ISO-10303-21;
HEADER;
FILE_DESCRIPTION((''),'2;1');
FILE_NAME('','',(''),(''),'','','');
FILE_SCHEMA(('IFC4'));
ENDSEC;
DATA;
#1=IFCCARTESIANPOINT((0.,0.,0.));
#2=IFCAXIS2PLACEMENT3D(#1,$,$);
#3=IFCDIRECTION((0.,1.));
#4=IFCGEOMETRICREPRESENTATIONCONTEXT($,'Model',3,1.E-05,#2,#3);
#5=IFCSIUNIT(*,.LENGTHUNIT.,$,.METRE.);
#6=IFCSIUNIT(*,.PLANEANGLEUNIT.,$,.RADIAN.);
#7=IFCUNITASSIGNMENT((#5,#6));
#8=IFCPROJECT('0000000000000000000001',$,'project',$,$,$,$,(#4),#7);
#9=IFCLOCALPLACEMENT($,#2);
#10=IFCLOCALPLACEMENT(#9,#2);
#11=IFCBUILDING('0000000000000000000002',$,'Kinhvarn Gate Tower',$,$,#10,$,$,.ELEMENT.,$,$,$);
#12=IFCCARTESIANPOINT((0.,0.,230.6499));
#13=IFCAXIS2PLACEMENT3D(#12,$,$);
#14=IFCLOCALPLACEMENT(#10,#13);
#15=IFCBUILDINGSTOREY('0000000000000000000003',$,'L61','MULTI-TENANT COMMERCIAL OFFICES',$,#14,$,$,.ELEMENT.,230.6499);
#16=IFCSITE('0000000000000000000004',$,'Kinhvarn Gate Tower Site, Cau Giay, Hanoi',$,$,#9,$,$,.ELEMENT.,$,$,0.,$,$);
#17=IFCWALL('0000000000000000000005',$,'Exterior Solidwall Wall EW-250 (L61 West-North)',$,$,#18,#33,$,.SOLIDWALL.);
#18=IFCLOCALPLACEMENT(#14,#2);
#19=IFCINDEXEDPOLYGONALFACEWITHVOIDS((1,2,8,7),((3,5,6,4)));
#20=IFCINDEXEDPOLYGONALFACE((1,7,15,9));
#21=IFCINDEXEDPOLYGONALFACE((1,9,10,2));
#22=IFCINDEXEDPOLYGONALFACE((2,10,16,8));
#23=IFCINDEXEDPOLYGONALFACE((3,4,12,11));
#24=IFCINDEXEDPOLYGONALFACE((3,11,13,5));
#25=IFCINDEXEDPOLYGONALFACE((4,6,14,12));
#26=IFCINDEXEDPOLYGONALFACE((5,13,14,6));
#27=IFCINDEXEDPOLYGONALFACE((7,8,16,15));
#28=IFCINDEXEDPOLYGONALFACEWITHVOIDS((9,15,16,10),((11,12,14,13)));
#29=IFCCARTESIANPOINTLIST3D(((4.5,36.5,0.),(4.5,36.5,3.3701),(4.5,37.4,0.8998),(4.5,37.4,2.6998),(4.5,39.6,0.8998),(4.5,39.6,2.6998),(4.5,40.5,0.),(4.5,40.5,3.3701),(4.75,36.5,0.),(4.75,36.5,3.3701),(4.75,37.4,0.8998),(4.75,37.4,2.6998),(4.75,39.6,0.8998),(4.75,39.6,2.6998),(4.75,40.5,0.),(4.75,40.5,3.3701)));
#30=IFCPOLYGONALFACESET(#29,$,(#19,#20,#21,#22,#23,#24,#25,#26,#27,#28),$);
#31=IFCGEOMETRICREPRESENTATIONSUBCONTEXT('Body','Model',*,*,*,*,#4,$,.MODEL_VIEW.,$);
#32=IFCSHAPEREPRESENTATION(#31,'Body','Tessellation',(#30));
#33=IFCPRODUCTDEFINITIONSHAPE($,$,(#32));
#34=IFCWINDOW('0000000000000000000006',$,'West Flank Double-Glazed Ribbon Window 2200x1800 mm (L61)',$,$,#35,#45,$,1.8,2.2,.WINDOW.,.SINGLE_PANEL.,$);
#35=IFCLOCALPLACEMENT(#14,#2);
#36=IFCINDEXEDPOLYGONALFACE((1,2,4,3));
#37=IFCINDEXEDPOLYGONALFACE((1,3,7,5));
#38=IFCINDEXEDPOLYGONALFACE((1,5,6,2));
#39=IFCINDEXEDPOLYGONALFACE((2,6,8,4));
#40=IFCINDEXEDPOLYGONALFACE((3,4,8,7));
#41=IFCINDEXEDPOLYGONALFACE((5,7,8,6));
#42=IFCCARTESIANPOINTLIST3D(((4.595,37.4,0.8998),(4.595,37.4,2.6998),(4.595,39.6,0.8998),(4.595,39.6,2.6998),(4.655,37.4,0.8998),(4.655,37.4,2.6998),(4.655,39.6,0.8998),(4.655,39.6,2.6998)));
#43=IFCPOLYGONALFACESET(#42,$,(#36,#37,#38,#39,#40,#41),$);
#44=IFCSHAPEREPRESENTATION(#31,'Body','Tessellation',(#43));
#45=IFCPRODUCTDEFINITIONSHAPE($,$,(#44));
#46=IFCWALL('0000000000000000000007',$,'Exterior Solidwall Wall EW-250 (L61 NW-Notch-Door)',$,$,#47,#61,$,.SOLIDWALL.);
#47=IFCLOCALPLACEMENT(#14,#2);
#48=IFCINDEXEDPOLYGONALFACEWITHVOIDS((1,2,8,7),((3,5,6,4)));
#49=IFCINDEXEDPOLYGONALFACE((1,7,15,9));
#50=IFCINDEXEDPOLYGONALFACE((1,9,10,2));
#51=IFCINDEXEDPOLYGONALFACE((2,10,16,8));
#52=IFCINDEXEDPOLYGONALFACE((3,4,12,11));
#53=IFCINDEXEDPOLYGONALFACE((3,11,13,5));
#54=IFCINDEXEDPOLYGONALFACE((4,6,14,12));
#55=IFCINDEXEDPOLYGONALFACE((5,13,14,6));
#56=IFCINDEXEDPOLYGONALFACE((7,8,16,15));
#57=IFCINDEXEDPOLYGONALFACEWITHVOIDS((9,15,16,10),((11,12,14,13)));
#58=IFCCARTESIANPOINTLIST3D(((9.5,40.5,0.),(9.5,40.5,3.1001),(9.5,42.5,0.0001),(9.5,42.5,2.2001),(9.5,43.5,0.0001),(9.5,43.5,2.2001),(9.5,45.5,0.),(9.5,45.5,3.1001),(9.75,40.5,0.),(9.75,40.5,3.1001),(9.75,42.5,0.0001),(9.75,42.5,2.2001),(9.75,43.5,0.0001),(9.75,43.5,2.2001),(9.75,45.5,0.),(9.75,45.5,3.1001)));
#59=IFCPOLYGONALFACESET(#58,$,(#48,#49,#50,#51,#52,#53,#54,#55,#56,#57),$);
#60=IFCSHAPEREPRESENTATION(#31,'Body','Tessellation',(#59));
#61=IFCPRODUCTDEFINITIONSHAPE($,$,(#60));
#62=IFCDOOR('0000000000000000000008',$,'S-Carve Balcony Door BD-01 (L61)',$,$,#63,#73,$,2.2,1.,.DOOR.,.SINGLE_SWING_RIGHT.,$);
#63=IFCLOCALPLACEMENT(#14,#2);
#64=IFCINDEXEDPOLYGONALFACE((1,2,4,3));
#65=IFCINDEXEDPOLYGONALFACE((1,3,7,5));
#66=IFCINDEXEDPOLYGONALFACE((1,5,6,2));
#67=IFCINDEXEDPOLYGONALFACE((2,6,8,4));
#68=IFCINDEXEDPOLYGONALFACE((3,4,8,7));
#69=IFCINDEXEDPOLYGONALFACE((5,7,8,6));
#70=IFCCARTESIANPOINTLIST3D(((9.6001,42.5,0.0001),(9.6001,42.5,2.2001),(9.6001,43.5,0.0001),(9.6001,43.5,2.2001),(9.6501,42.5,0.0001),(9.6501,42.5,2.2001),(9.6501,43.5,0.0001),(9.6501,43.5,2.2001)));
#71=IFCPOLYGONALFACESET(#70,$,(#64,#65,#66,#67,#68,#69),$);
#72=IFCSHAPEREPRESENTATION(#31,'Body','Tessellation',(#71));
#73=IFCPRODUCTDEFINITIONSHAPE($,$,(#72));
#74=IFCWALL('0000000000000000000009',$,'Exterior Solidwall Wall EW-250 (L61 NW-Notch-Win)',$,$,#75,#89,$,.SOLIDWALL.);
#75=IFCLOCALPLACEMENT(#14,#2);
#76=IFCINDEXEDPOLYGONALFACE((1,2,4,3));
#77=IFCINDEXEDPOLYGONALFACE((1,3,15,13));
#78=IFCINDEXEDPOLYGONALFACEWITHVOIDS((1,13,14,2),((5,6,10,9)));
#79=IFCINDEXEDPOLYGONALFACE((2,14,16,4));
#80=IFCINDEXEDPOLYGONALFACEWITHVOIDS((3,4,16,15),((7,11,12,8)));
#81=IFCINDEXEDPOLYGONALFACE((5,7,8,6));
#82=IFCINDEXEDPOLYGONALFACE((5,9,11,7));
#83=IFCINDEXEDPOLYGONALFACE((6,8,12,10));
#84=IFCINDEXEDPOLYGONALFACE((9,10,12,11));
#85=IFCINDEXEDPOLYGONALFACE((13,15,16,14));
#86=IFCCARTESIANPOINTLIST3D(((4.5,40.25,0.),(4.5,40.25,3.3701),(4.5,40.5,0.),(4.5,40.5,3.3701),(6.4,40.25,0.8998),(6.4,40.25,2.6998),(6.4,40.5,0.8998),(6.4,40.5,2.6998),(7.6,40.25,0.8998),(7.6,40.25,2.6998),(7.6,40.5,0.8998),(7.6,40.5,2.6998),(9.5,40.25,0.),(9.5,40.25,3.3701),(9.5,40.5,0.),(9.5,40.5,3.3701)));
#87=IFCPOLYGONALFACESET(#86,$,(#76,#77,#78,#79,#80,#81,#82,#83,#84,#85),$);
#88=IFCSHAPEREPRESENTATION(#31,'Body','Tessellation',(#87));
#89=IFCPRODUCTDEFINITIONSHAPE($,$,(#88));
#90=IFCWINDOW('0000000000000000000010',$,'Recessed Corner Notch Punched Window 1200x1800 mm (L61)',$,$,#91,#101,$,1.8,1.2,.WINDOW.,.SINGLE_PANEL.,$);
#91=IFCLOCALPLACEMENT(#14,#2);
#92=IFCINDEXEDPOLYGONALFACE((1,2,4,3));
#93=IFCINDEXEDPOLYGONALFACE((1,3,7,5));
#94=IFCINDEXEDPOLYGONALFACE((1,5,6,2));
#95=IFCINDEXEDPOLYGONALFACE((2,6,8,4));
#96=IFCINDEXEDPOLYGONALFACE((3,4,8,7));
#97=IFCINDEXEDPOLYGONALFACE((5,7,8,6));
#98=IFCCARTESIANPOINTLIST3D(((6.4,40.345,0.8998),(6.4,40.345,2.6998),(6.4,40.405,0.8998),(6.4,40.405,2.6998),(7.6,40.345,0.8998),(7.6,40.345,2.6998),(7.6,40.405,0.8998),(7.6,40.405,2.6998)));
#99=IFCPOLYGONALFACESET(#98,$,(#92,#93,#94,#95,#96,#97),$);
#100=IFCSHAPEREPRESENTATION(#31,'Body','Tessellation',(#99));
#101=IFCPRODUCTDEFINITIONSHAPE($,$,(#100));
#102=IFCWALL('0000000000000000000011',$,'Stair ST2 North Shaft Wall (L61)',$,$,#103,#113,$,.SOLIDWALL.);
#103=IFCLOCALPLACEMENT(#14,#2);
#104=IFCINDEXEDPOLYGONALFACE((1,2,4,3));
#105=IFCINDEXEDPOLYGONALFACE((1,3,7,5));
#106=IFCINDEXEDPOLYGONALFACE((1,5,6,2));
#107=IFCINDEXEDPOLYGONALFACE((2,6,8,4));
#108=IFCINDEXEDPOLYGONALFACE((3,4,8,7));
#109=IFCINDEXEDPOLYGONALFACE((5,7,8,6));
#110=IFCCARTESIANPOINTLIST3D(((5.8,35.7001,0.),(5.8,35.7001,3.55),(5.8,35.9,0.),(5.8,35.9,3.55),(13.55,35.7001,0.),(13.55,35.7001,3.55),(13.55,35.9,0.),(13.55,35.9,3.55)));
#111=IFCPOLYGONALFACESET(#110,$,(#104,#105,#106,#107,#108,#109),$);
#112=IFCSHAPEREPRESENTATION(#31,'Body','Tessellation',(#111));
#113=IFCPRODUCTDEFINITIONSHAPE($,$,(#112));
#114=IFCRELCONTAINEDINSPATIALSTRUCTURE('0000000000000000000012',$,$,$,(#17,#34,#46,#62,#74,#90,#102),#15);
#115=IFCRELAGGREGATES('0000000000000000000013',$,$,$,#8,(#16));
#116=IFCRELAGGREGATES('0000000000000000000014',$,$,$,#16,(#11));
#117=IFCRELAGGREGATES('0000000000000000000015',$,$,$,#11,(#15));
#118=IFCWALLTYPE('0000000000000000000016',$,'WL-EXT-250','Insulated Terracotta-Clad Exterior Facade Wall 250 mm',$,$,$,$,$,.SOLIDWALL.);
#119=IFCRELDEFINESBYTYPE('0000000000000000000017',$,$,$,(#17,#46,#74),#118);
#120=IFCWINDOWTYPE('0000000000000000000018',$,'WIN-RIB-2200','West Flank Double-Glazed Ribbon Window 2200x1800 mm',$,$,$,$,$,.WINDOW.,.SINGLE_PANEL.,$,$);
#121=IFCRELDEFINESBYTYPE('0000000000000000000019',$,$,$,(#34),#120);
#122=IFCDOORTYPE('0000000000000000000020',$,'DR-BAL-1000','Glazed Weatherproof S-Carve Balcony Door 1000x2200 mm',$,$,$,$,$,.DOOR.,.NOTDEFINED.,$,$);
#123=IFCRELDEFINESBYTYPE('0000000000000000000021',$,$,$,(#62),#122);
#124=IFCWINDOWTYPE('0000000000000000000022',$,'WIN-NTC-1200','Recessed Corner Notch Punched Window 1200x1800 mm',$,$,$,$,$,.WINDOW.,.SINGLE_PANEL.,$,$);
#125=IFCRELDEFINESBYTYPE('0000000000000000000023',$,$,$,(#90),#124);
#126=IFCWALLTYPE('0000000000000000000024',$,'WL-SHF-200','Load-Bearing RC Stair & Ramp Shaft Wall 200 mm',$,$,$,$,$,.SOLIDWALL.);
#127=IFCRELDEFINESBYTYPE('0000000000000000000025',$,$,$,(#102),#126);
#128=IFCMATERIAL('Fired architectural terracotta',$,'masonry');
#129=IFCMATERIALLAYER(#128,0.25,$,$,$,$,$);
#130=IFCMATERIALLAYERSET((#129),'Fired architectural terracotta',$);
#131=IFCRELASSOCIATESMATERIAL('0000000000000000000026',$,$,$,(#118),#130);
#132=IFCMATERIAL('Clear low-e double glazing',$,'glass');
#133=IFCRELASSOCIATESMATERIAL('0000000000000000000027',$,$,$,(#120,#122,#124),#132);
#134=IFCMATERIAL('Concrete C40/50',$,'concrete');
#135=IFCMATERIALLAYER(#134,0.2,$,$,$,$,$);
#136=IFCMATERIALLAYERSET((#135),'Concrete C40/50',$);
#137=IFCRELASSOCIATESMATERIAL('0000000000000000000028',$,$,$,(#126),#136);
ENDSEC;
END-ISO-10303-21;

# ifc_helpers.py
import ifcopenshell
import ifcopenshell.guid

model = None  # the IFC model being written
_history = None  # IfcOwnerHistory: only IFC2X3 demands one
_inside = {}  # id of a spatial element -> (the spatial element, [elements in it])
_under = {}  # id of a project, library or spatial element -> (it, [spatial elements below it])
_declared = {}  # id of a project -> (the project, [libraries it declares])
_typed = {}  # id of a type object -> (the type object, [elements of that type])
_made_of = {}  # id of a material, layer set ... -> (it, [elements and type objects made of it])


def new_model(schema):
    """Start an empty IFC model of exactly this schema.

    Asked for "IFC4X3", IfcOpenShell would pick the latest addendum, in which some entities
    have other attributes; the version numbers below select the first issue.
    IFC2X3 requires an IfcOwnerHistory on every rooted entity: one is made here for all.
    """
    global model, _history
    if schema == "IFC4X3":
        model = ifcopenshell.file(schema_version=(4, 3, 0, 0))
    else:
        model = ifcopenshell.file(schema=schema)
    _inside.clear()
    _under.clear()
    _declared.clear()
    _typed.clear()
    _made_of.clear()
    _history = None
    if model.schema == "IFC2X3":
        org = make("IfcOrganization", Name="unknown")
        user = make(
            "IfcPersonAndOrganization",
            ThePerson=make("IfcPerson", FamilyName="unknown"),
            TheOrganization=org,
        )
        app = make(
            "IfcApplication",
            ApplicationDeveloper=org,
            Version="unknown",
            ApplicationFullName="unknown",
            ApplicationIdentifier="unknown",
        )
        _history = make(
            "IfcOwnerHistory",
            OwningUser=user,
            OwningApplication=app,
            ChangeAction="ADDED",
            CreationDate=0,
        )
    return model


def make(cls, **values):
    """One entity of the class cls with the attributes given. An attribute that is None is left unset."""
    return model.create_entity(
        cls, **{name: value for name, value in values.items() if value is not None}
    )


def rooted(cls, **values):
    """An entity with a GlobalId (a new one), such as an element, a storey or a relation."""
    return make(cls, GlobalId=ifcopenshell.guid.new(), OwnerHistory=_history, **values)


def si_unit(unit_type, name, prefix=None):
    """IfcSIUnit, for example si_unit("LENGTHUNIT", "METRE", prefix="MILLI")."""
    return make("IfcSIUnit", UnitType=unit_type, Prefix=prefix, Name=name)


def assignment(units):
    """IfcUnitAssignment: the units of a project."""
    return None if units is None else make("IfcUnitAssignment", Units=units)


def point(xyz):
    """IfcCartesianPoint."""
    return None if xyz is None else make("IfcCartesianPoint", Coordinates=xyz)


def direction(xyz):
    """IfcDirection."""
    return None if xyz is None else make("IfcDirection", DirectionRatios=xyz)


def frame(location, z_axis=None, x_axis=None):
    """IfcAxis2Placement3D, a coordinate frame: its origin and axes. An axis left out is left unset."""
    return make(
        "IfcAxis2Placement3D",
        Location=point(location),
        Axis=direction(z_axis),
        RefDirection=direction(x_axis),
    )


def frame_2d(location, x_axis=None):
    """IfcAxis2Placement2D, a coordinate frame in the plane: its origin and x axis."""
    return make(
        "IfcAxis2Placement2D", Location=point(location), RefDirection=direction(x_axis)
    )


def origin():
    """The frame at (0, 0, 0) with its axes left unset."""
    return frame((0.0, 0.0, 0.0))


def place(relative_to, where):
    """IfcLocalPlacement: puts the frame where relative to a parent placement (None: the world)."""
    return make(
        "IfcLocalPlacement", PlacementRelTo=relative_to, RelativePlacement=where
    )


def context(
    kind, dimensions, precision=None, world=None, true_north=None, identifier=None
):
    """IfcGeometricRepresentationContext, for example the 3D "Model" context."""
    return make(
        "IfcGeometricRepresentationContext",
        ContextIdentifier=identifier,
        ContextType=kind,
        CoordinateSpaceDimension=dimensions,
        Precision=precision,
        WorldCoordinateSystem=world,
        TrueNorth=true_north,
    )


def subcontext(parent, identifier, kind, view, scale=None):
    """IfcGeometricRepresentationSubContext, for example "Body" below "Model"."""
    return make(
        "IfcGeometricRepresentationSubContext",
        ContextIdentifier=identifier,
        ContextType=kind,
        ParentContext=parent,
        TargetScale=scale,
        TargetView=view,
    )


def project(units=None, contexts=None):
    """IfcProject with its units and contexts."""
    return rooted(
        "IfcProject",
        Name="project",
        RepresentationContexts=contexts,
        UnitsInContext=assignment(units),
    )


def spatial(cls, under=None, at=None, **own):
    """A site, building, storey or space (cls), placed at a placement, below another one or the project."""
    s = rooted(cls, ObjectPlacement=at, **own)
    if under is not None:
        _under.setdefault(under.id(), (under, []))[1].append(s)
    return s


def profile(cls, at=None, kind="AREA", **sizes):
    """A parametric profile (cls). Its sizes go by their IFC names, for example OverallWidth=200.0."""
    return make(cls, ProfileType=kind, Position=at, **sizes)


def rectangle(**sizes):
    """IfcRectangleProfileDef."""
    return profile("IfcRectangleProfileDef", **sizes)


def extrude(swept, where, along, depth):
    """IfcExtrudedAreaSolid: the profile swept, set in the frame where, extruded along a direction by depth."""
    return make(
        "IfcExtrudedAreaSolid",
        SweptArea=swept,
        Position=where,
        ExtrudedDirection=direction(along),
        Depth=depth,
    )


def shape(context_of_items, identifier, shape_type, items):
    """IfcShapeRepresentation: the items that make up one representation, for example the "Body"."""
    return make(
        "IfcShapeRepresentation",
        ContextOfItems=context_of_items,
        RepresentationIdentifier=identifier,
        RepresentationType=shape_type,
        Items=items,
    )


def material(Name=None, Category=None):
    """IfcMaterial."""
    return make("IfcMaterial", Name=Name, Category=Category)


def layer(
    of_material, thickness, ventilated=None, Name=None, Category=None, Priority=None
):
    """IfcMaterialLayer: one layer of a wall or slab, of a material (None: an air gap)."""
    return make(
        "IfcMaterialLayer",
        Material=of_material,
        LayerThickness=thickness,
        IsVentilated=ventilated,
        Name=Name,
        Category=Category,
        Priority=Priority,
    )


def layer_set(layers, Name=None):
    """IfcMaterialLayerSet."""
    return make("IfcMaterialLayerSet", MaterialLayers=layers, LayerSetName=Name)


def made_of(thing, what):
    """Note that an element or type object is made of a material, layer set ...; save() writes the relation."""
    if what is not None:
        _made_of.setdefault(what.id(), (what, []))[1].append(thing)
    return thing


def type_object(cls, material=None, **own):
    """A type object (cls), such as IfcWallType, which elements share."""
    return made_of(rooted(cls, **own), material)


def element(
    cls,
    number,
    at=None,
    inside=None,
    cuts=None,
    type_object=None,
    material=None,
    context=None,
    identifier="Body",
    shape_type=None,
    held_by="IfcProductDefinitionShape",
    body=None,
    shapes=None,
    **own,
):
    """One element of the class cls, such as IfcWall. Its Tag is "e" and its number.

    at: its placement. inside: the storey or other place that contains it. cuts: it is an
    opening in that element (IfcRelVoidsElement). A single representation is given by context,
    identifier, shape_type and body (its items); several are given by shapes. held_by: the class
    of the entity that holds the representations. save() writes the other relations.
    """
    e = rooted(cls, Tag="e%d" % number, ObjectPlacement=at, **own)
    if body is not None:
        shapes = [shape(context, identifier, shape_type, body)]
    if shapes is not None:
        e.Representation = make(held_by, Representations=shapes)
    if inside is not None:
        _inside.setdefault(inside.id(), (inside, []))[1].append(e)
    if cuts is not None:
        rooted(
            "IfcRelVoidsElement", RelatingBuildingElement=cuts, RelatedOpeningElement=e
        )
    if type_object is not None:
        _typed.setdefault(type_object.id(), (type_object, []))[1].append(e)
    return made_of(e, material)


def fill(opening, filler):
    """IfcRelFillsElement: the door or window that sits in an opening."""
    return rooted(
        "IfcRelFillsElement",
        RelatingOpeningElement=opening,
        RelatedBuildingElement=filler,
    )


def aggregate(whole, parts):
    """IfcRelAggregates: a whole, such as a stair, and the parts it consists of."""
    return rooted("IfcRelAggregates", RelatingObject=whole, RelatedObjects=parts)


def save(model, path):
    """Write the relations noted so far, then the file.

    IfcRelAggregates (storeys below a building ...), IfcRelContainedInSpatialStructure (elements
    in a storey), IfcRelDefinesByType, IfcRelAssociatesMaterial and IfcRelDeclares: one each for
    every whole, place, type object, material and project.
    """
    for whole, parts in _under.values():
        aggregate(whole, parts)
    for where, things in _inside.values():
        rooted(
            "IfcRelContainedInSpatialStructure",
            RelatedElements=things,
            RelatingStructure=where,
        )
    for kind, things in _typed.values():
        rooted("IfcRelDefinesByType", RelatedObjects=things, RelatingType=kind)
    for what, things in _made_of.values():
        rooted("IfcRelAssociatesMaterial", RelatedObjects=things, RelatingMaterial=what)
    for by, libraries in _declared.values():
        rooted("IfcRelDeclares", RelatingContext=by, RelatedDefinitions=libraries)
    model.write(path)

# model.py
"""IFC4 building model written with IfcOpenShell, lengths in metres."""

from ifc_helpers import new_model, si_unit, direction, frame, frame_2d, origin, place, context, subcontext, project, spatial, rectangle, extrude, material, layer, layer_set, type_object, element, fill, save


model = new_model("IFC4")

# Units and contexts
model_context = context("Model", 3, precision=1e-05, world=origin(), true_north=direction((0.0, 1.0)))
body_context = subcontext(model_context, "Body", "Model", "MODEL_VIEW")
ifc_project = project(units=[si_unit("LENGTHUNIT", "METRE"), si_unit("PLANEANGLEUNIT", "RADIAN")], contexts=[model_context])

# Site, building, storey
site_placement = place(None, origin())
site = spatial("IfcSite", under=ifc_project, at=site_placement, Name="Kinhvarn Gate Tower Site, Cau Giay, Hanoi", CompositionType="ELEMENT", RefElevation=0.0)
building_placement = place(site_placement, origin())
building = spatial("IfcBuilding", under=site, at=building_placement, Name="Kinhvarn Gate Tower", CompositionType="ELEMENT")
storey_placement = place(building_placement, frame((0.0, 0.0, 230.6499)))
storey = spatial("IfcBuildingStorey", under=building, at=storey_placement, Name="L61", Description="MULTI-TENANT COMMERCIAL OFFICES", CompositionType="ELEMENT", Elevation=230.6499)

# Wall, opening, window
ifc_material_1 = material(Name="Fired architectural terracotta", Category="masonry")
ifc_layer_1 = layer(ifc_material_1, 0.25)
ifc_layer_set_1 = layer_set([ifc_layer_1], Name="Fired architectural terracotta")
wall_type_1 = type_object("IfcWallType", Name="WL-EXT-250", Description="Insulated Terracotta-Clad Exterior Facade Wall 250 mm", PredefinedType="SOLIDWALL", material=ifc_layer_set_1)
wall_1_placement = place(storey_placement, frame((4.625, 40.5, 0.0), z_axis=(0.0, 0.0, 1.0), x_axis=(0.0, -1.0, 0.0)))
wall_1 = element("IfcWall", 1, at=wall_1_placement, inside=storey, type_object=wall_type_1, Name="Exterior Solidwall Wall EW-250 (L61 West-North)", PredefinedType="SOLIDWALL", context=body_context, shape_type="SweptSolid", body=[
    extrude(rectangle(XDim=4.0, YDim=0.25, at=frame_2d((2.0, 0.0))), origin(), (0.0, 0.0, 1.0), 3.3701),
])
opening_1_placement = place(wall_1_placement, frame((0.8999, 0.0, 0.8999)))
opening_1 = element("IfcOpeningElement", 2, at=opening_1_placement, cuts=wall_1, PredefinedType="OPENING", context=body_context, shape_type="SweptSolid", body=[
    extrude(rectangle(XDim=2.2, YDim=1.8, at=frame_2d((1.1001, 0.8999))), frame((0.0, 0.135, 0.0), z_axis=(0.0, -1.0, 0.0), x_axis=(1.0, 0.0, 0.0)), (0.0, 0.0, 1.0), 0.27),
])
ifc_material_2 = material(Name="Clear low-e double glazing", Category="glass")
window_type_1 = type_object("IfcWindowType", Name="WIN-RIB-2200", Description="West Flank Double-Glazed Ribbon Window 2200x1800 mm", PartitioningType="SINGLE_PANEL", PredefinedType="WINDOW", material=ifc_material_2)
window_1_placement = place(opening_1_placement, origin())
window_1 = element("IfcWindow", 3, at=window_1_placement, inside=storey, type_object=window_type_1, Name="West Flank Double-Glazed Ribbon Window 2200x1800 mm (L61)", OverallHeight=1.8, OverallWidth=2.2, PartitioningType="SINGLE_PANEL", PredefinedType="WINDOW", context=body_context, shape_type="SweptSolid", body=[
    extrude(rectangle(XDim=2.2, YDim=1.8, at=frame_2d((1.1001, 0.8999))), frame((0.0, 0.03, 0.0), z_axis=(0.0, -1.0, 0.0), x_axis=(1.0, 0.0, 0.0)), (0.0, 0.0, 1.0), 0.0601),
])
fill(opening_1, window_1)

# Wall, opening, door
wall_2_placement = place(storey_placement, frame((9.625, 45.5, 0.0), z_axis=(0.0, 0.0, 1.0), x_axis=(0.0, -1.0, 0.0)))
wall_2 = element("IfcWall", 4, at=wall_2_placement, inside=storey, type_object=wall_type_1, Name="Exterior Solidwall Wall EW-250 (L61 NW-Notch-Door)", PredefinedType="SOLIDWALL", context=body_context, shape_type="SweptSolid", body=[
    extrude(rectangle(XDim=5.0, YDim=0.25, at=frame_2d((2.5, 0.0))), origin(), (0.0, 0.0, 1.0), 3.1001),
])
opening_2_placement = place(wall_2_placement, frame((2.0, 0.0, 0.0)))
opening_2 = element("IfcOpeningElement", 5, at=opening_2_placement, cuts=wall_2, PredefinedType="OPENING", context=body_context, shape_type="SweptSolid", body=[
    extrude(rectangle(XDim=1.0, YDim=2.2, at=frame_2d((0.5, 1.1001))), frame((0.0, 0.135, 0.0), z_axis=(0.0, -1.0, 0.0), x_axis=(1.0, 0.0, 0.0)), (0.0, 0.0, 1.0), 0.27),
])
door_type = type_object("IfcDoorType", Name="DR-BAL-1000", Description="Glazed Weatherproof S-Carve Balcony Door 1000x2200 mm", OperationType="NOTDEFINED", PredefinedType="DOOR", material=ifc_material_2)
door_placement = place(opening_2_placement, frame((1.0, 0.0, 0.0), z_axis=(0.0, 0.0, 1.0), x_axis=(-1.0, 0.0, 0.0)))
door = element("IfcDoor", 6, at=door_placement, inside=storey, type_object=door_type, Name="S-Carve Balcony Door BD-01 (L61)", OperationType="SINGLE_SWING_RIGHT", OverallHeight=2.2, OverallWidth=1.0, PredefinedType="DOOR", context=body_context, shape_type="SweptSolid", body=[
    extrude(rectangle(XDim=1.0, YDim=2.2, at=frame_2d((0.5, 1.1001))), frame((0.0, 0.0249, 0.0), z_axis=(0.0, -1.0, 0.0), x_axis=(1.0, 0.0, 0.0)), (0.0, 0.0, 1.0), 0.05),
])
fill(opening_2, door)

# Wall, opening, window
wall_3_placement = place(storey_placement, frame((9.5, 40.375, 0.0), z_axis=(0.0, 0.0, 1.0), x_axis=(-1.0, 0.0, 0.0)))
wall_3 = element("IfcWall", 7, at=wall_3_placement, inside=storey, type_object=wall_type_1, Name="Exterior Solidwall Wall EW-250 (L61 NW-Notch-Win)", PredefinedType="SOLIDWALL", context=body_context, shape_type="SweptSolid", body=[
    extrude(rectangle(XDim=5.0, YDim=0.25, at=frame_2d((2.5, 0.0))), origin(), (0.0, 0.0, 1.0), 3.3701),
])
opening_3_placement = place(wall_3_placement, frame((1.8999, 0.0, 0.8999)))
opening_3 = element("IfcOpeningElement", 8, at=opening_3_placement, cuts=wall_3, PredefinedType="OPENING", context=body_context, shape_type="SweptSolid", body=[
    extrude(rectangle(XDim=1.2, YDim=1.8, at=frame_2d((0.6001, 0.8999))), frame((0.0, 0.135, 0.0), z_axis=(0.0, -1.0, 0.0), x_axis=(1.0, 0.0, 0.0)), (0.0, 0.0, 1.0), 0.27),
])
window_type_2 = type_object("IfcWindowType", Name="WIN-NTC-1200", Description="Recessed Corner Notch Punched Window 1200x1800 mm", PartitioningType="SINGLE_PANEL", PredefinedType="WINDOW", material=ifc_material_2)
window_2_placement = place(opening_3_placement, origin())
window_2 = element("IfcWindow", 9, at=window_2_placement, inside=storey, type_object=window_type_2, Name="Recessed Corner Notch Punched Window 1200x1800 mm (L61)", OverallHeight=1.8, OverallWidth=1.2, PartitioningType="SINGLE_PANEL", PredefinedType="WINDOW", context=body_context, shape_type="SweptSolid", body=[
    extrude(rectangle(XDim=1.2, YDim=1.8, at=frame_2d((0.6001, 0.8999))), frame((0.0, 0.03, 0.0), z_axis=(0.0, -1.0, 0.0), x_axis=(1.0, 0.0, 0.0)), (0.0, 0.0, 1.0), 0.0601),
])
fill(opening_3, window_2)

# Wall
ifc_material_3 = material(Name="Concrete C40/50", Category="concrete")
ifc_layer_2 = layer(ifc_material_3, 0.2)
ifc_layer_set_2 = layer_set([ifc_layer_2], Name="Concrete C40/50")
wall_type_2 = type_object("IfcWallType", Name="WL-SHF-200", Description="Load-Bearing RC Stair & Ramp Shaft Wall 200 mm", PredefinedType="SOLIDWALL", material=ifc_layer_set_2)
wall_4_placement = place(storey_placement, frame((5.8, 35.8, 0.0), z_axis=(0.0, 0.0, 1.0), x_axis=(1.0, 0.0, 0.0)))
element("IfcWall", 10, at=wall_4_placement, inside=storey, type_object=wall_type_2, Name="Stair ST2 North Shaft Wall (L61)", PredefinedType="SOLIDWALL", context=body_context, shape_type="SweptSolid", body=[
    extrude(rectangle(XDim=7.75, YDim=0.2, at=frame_2d((3.875, 0.0))), origin(), (0.0, 0.0, 1.0), 3.55),
])

save(model, "model.ifc")
